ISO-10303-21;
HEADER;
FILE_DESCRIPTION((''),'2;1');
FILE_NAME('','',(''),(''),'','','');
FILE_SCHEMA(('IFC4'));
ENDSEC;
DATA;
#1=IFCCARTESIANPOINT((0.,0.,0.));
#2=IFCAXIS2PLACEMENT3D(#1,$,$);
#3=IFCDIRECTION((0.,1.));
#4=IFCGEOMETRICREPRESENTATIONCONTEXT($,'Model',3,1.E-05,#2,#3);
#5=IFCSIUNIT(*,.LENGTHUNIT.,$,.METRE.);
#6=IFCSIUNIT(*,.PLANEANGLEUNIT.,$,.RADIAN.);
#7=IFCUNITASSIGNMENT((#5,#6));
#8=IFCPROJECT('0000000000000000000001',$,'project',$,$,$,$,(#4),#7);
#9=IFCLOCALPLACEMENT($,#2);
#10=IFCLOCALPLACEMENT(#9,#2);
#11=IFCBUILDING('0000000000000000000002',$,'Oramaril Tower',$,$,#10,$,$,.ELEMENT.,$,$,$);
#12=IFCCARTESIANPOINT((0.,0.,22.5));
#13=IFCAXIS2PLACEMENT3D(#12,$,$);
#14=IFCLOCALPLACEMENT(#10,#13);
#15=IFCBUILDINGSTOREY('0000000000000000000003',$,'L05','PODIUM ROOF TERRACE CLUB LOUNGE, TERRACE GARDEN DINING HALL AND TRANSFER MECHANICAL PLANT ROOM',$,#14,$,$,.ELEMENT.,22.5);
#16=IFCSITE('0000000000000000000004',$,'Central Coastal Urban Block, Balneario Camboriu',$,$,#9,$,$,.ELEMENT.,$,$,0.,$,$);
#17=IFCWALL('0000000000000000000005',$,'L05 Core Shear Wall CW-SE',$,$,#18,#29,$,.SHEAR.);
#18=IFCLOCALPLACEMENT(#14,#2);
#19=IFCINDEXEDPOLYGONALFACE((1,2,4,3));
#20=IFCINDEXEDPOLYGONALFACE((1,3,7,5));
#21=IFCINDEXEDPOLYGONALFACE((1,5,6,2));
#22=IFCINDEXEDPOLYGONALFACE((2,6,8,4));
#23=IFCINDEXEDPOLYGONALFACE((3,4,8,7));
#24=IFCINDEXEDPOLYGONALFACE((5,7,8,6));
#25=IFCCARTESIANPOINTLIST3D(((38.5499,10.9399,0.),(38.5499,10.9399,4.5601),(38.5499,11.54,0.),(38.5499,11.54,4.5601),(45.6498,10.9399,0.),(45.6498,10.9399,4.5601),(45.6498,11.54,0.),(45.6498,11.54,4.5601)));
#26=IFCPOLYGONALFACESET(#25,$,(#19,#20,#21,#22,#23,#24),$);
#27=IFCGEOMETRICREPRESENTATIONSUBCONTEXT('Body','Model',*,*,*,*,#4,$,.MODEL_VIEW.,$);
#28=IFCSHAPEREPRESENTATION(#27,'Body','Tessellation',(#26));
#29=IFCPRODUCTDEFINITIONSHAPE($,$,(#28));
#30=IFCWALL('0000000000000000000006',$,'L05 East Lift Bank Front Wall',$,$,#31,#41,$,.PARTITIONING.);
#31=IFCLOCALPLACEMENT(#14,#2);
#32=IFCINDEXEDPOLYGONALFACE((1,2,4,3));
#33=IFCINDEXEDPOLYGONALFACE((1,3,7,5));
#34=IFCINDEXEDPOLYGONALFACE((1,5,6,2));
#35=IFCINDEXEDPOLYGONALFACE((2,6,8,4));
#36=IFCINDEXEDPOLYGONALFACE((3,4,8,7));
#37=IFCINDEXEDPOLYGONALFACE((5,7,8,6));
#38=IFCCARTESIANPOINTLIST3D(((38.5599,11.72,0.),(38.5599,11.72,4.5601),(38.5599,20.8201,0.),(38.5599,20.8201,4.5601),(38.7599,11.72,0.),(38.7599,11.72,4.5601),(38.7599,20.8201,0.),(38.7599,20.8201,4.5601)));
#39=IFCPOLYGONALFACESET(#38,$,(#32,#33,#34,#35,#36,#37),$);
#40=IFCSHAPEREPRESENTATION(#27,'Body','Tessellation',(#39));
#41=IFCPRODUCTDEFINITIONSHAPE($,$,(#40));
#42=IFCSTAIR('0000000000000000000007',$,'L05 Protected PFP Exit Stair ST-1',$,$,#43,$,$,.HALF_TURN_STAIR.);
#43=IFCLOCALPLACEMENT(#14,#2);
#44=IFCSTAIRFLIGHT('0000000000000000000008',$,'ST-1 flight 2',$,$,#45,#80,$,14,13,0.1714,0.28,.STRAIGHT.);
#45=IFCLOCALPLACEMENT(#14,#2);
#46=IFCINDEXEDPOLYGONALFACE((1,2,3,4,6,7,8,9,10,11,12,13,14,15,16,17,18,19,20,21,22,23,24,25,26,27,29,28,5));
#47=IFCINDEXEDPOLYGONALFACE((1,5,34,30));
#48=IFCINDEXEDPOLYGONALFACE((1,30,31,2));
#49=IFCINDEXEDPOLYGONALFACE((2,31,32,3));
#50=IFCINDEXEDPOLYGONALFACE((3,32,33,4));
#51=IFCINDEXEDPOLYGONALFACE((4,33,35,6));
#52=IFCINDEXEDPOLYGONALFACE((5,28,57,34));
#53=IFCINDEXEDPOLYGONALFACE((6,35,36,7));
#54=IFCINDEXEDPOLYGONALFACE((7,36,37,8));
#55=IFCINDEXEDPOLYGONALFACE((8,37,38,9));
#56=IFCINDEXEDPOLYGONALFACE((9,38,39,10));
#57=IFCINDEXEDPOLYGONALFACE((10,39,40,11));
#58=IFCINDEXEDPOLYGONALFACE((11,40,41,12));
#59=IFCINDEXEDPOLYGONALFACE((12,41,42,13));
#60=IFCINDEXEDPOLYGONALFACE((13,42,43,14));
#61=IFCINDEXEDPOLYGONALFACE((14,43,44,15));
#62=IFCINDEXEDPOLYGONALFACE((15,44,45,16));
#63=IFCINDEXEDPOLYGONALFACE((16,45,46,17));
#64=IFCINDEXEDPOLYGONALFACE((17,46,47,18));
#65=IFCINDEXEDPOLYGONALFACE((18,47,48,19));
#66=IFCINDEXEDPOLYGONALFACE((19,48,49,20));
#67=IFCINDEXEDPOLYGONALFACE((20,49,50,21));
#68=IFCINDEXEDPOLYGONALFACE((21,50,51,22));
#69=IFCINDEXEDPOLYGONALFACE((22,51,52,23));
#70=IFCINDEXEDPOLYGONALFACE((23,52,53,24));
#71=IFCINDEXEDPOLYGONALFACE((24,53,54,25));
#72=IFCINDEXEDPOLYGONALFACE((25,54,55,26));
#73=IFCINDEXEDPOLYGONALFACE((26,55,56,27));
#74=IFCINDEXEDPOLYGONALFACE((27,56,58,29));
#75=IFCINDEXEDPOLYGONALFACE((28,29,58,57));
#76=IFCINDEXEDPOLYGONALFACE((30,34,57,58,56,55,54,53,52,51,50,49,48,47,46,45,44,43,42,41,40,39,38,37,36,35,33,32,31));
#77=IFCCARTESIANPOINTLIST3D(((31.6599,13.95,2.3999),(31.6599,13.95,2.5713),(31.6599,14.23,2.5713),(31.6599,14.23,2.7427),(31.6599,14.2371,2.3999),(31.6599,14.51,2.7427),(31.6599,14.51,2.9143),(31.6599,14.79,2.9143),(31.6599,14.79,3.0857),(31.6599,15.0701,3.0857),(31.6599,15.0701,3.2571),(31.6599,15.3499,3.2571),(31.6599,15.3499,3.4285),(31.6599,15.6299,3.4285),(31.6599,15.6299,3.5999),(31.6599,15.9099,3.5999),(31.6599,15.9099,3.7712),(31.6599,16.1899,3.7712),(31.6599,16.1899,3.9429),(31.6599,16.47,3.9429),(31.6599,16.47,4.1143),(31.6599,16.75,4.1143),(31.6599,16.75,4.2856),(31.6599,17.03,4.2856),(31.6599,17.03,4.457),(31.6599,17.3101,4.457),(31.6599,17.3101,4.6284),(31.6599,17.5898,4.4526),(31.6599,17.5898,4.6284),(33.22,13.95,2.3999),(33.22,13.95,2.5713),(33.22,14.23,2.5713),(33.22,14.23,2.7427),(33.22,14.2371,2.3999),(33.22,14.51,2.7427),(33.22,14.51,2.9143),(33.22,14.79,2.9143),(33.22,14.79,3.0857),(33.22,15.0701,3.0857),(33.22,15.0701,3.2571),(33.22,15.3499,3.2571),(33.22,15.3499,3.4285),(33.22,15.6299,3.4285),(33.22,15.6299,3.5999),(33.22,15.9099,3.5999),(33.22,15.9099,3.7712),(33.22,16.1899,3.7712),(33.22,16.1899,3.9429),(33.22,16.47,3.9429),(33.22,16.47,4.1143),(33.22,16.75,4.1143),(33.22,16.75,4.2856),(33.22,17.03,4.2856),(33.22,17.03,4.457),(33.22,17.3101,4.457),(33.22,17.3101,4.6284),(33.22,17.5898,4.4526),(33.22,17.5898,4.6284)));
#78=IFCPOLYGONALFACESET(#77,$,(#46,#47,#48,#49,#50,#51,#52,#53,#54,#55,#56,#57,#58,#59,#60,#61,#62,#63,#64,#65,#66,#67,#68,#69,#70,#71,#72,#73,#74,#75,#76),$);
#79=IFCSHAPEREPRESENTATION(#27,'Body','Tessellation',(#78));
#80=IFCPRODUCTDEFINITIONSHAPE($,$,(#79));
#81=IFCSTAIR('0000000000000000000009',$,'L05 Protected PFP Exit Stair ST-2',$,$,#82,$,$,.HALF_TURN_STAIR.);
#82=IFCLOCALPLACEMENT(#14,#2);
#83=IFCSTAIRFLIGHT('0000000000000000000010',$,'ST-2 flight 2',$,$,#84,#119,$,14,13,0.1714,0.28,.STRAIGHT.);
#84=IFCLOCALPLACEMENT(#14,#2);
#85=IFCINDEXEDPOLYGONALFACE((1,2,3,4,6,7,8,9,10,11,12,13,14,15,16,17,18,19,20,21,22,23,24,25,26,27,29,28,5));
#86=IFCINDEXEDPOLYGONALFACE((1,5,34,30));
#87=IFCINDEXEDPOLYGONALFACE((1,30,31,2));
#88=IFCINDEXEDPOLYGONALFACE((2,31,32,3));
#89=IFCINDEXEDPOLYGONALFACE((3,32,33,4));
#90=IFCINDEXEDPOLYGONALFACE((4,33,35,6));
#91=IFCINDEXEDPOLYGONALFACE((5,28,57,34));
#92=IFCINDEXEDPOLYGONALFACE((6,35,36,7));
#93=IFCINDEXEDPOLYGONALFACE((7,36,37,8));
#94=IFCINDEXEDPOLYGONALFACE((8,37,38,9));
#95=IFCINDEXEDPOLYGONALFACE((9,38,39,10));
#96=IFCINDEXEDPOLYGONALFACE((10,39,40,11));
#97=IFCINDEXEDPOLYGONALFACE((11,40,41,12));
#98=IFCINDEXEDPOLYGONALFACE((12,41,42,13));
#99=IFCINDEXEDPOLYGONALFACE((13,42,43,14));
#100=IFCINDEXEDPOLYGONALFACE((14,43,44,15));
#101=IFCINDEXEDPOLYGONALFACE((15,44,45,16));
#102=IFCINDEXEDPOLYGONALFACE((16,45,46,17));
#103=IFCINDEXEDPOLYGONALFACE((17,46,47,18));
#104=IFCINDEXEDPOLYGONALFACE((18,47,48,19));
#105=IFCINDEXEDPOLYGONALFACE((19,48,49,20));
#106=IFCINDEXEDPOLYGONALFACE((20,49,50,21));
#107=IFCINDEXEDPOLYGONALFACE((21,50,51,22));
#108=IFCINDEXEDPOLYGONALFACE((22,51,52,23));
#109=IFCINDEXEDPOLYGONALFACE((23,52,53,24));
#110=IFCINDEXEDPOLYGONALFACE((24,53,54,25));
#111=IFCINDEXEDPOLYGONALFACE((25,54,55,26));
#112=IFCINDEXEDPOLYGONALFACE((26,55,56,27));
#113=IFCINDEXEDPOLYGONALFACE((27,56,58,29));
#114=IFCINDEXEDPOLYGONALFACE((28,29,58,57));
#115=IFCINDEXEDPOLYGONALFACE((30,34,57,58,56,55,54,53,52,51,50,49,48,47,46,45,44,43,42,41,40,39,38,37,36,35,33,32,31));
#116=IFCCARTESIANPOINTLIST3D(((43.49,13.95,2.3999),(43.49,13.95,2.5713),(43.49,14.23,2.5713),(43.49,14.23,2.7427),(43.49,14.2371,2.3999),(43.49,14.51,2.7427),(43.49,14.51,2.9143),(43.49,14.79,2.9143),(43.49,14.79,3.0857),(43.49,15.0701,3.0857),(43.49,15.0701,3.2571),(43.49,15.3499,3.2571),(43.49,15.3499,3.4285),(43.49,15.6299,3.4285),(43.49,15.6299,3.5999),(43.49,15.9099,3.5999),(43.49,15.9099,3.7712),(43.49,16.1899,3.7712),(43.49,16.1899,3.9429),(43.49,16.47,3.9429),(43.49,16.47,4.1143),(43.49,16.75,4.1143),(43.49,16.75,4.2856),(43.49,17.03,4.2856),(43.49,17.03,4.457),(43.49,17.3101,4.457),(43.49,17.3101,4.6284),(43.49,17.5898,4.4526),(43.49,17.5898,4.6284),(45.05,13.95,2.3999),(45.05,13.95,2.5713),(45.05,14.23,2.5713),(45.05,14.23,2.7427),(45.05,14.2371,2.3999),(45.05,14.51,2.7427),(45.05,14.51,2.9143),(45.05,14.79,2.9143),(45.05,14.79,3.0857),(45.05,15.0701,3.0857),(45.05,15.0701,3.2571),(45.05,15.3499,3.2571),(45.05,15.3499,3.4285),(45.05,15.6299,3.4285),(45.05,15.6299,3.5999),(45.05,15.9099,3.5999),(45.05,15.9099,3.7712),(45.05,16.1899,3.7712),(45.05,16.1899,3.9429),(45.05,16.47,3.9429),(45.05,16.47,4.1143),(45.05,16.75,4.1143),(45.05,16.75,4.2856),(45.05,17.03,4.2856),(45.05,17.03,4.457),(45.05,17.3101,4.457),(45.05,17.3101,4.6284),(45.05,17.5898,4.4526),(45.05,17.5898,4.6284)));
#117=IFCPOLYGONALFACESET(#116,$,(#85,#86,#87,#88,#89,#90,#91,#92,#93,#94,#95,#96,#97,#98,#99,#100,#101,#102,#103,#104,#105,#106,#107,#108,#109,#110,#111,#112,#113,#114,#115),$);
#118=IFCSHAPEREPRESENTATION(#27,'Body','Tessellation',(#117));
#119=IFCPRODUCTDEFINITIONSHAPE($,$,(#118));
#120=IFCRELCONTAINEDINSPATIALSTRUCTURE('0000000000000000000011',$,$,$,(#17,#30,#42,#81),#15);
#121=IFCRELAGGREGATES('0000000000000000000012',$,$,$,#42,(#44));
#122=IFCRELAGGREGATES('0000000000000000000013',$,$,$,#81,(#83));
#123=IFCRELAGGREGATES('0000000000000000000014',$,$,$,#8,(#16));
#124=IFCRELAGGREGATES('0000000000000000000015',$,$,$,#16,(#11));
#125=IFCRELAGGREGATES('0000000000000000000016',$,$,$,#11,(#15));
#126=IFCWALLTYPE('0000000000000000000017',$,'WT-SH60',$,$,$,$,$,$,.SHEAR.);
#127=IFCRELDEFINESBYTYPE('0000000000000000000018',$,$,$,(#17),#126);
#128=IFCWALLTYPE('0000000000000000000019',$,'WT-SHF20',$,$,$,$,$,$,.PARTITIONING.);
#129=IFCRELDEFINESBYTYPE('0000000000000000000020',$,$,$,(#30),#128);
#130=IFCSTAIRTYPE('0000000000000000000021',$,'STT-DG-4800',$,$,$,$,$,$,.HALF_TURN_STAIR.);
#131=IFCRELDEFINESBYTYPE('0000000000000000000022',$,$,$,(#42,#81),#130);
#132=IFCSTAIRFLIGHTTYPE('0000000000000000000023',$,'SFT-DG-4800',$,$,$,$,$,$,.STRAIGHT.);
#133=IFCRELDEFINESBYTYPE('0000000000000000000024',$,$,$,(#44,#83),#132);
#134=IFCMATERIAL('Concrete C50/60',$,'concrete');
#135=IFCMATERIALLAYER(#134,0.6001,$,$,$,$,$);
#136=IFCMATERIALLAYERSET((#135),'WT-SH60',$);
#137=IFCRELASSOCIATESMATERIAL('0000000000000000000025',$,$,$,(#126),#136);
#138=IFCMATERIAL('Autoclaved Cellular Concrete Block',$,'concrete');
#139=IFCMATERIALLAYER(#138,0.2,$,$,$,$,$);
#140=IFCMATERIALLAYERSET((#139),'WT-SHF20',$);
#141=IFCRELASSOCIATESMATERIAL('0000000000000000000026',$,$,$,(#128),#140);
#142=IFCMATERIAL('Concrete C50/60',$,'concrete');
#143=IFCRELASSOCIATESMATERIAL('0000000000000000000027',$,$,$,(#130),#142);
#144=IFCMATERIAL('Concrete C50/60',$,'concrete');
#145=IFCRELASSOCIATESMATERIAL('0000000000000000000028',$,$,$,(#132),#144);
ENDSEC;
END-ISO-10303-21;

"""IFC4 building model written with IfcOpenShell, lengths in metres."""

from ifc_helpers import new_model, si_unit, direction, frame, frame_2d, origin, place, context, subcontext, project, spatial, polyline, rectangle, outline, extrude, material, layer, layer_set, type_object, element, aggregate, save


model = new_model("IFC4")

# Units and contexts
model_context = context("Model", 3, precision=1e-05, world=origin(), true_north=direction((0.0, 1.0)))
body_context = subcontext(model_context, "Body", "Model", "MODEL_VIEW")
ifc_project = project(units=[si_unit("LENGTHUNIT", "METRE"), si_unit("PLANEANGLEUNIT", "RADIAN")], contexts=[model_context])

# Site, building, storey
site_placement = place(None, origin())
site = spatial("IfcSite", under=ifc_project, at=site_placement, Name="Central Coastal Urban Block, Balneario Camboriu", CompositionType="ELEMENT", RefElevation=0.0)
building_placement = place(site_placement, origin())
building = spatial("IfcBuilding", under=site, at=building_placement, Name="Oramaril Tower", CompositionType="ELEMENT")
storey_placement = place(building_placement, frame((0.0, 0.0, 22.5)))
storey = spatial("IfcBuildingStorey", under=building, at=storey_placement, Name="L05", Description="PODIUM ROOF TERRACE CLUB LOUNGE, TERRACE GARDEN DINING HALL AND TRANSFER MECHANICAL PLANT ROOM", CompositionType="ELEMENT", Elevation=22.5)

# Wall
ifc_material_1 = material(Name="Concrete C50/60", Category="concrete")
ifc_layer_1 = layer(ifc_material_1, 0.6001)
ifc_layer_set_1 = layer_set([ifc_layer_1], Name="WT-SH60")
wall_type_1 = type_object("IfcWallType", Name="WT-SH60", PredefinedType="SHEAR", material=ifc_layer_set_1)
wall_1_placement = place(storey_placement, frame((38.55, 11.24, 0.0), z_axis=(0.0, 0.0, 1.0), x_axis=(1.0, 0.0, 0.0)))
element("IfcWall", 1, at=wall_1_placement, inside=storey, type_object=wall_type_1, Name="L05 Core Shear Wall CW-SE", PredefinedType="SHEAR", context=body_context, shape_type="SweptSolid", body=[
    extrude(rectangle(XDim=7.0999, YDim=0.6001, at=frame_2d((3.5498, 0.0))), origin(), (0.0, 0.0, 1.0), 4.5601),
])

# Shared definitions
ifc_material_2 = material(Name="Autoclaved Cellular Concrete Block", Category="concrete")
ifc_layer_2 = layer(ifc_material_2, 0.2)
ifc_layer_set_2 = layer_set([ifc_layer_2], Name="WT-SHF20")
wall_type_2 = type_object("IfcWallType", Name="WT-SHF20", PredefinedType="PARTITIONING", material=ifc_layer_set_2)

# Wall
wall_2_placement = place(storey_placement, frame((38.6599, 11.72, 0.0), z_axis=(0.0, 0.0, 1.0), x_axis=(0.0, 1.0, 0.0)))
element("IfcWall", 2, at=wall_2_placement, inside=storey, type_object=wall_type_2, Name="L05 East Lift Bank Front Wall", PredefinedType="PARTITIONING", context=body_context, shape_type="SweptSolid", body=[
    extrude(rectangle(XDim=9.1001, YDim=0.2, at=frame_2d((4.55, 0.0))), origin(), (0.0, 0.0, 1.0), 4.5601),
])

# Stairs, stair flights
ifc_material_3 = material(Name="Concrete C50/60", Category="concrete")
stair_type = type_object("IfcStairType", Name="STT-DG-4800", PredefinedType="HALF_TURN_STAIR", material=ifc_material_3)
stair_1_placement = place(storey_placement, origin())
stair_1 = element("IfcStair", 3, at=stair_1_placement, inside=storey, type_object=stair_type, Name="L05 Protected PFP Exit Stair ST-1", PredefinedType="HALF_TURN_STAIR")
ifc_material_4 = material(Name="Concrete C50/60", Category="concrete")
stair_flight_type = type_object("IfcStairFlightType", Name="SFT-DG-4800", PredefinedType="STRAIGHT", material=ifc_material_4)
stair_flight_1_placement = place(storey_placement, frame((32.4399, 13.95, 2.3999), z_axis=(0.0, 0.0, 1.0), x_axis=(0.0, 1.0, 0.0)))
stair_flight_1 = element("IfcStairFlight", 4, at=stair_flight_1_placement, type_object=stair_flight_type, Name="ST-1 flight 2", NumberOfRisers=14, NumberOfTreads=13, PredefinedType="STRAIGHT", RiserHeight=0.1714, TreadLength=0.28, context=body_context, shape_type="SweptSolid", body=[
    extrude(outline(polyline([(0.0, 0.0), (0.0, 0.1714), (0.28, 0.1714), (0.28, 0.3428), (0.5601, 0.3428), (0.5601, 0.5144), (0.8401, 0.5144), (0.8401, 0.6858), (1.1201, 0.6858), (1.1201, 0.8572), (1.3999, 0.8572), (1.3999, 1.0286), (1.6799, 1.0286), (1.6799, 1.2), (1.96, 1.2), (1.96, 1.3713), (2.24, 1.3713), (2.24, 1.543), (2.52, 1.543), (2.52, 1.7144), (2.8, 1.7144), (2.8, 1.8857), (3.0801, 1.8857), (3.0801, 2.0571), (3.3601, 2.0571), (3.3601, 2.2285), (3.6399, 2.2285), (3.6399, 2.3999), (3.6399, 2.0527), (0.2871, 0.0), (0.0, 0.0)])), frame((0.0, 0.78, 0.0), z_axis=(0.0, -1.0, 0.0), x_axis=(1.0, 0.0, 0.0)), (0.0, 0.0, 1.0), 1.5601),
])
aggregate(stair_1, [stair_flight_1])
stair_2_placement = place(storey_placement, origin())
stair_2 = element("IfcStair", 5, at=stair_2_placement, inside=storey, type_object=stair_type, Name="L05 Protected PFP Exit Stair ST-2", PredefinedType="HALF_TURN_STAIR")
stair_flight_2_placement = place(storey_placement, frame((44.27, 13.95, 2.3999), z_axis=(0.0, 0.0, 1.0), x_axis=(0.0, 1.0, 0.0)))
stair_flight_2 = element("IfcStairFlight", 6, at=stair_flight_2_placement, type_object=stair_flight_type, Name="ST-2 flight 2", NumberOfRisers=14, NumberOfTreads=13, PredefinedType="STRAIGHT", RiserHeight=0.1714, TreadLength=0.28, context=body_context, shape_type="SweptSolid", body=[
    extrude(outline(polyline([(0.0, 0.0), (0.0, 0.1714), (0.28, 0.1714), (0.28, 0.3428), (0.5601, 0.3428), (0.5601, 0.5144), (0.8401, 0.5144), (0.8401, 0.6858), (1.1201, 0.6858), (1.1201, 0.8572), (1.3999, 0.8572), (1.3999, 1.0286), (1.6799, 1.0286), (1.6799, 1.2), (1.96, 1.2), (1.96, 1.3713), (2.24, 1.3713), (2.24, 1.543), (2.52, 1.543), (2.52, 1.7144), (2.8, 1.7144), (2.8, 1.8857), (3.0801, 1.8857), (3.0801, 2.0571), (3.3601, 2.0571), (3.3601, 2.2285), (3.6399, 2.2285), (3.6399, 2.3999), (3.6399, 2.0527), (0.2871, 0.0), (0.0, 0.0)])), frame((0.0, 0.78, 0.0), z_axis=(0.0, -1.0, 0.0), x_axis=(1.0, 0.0, 0.0)), (0.0, 0.0, 1.0), 1.5601),
])
aggregate(stair_2, [stair_flight_2])

save(model, "model.ifc")
